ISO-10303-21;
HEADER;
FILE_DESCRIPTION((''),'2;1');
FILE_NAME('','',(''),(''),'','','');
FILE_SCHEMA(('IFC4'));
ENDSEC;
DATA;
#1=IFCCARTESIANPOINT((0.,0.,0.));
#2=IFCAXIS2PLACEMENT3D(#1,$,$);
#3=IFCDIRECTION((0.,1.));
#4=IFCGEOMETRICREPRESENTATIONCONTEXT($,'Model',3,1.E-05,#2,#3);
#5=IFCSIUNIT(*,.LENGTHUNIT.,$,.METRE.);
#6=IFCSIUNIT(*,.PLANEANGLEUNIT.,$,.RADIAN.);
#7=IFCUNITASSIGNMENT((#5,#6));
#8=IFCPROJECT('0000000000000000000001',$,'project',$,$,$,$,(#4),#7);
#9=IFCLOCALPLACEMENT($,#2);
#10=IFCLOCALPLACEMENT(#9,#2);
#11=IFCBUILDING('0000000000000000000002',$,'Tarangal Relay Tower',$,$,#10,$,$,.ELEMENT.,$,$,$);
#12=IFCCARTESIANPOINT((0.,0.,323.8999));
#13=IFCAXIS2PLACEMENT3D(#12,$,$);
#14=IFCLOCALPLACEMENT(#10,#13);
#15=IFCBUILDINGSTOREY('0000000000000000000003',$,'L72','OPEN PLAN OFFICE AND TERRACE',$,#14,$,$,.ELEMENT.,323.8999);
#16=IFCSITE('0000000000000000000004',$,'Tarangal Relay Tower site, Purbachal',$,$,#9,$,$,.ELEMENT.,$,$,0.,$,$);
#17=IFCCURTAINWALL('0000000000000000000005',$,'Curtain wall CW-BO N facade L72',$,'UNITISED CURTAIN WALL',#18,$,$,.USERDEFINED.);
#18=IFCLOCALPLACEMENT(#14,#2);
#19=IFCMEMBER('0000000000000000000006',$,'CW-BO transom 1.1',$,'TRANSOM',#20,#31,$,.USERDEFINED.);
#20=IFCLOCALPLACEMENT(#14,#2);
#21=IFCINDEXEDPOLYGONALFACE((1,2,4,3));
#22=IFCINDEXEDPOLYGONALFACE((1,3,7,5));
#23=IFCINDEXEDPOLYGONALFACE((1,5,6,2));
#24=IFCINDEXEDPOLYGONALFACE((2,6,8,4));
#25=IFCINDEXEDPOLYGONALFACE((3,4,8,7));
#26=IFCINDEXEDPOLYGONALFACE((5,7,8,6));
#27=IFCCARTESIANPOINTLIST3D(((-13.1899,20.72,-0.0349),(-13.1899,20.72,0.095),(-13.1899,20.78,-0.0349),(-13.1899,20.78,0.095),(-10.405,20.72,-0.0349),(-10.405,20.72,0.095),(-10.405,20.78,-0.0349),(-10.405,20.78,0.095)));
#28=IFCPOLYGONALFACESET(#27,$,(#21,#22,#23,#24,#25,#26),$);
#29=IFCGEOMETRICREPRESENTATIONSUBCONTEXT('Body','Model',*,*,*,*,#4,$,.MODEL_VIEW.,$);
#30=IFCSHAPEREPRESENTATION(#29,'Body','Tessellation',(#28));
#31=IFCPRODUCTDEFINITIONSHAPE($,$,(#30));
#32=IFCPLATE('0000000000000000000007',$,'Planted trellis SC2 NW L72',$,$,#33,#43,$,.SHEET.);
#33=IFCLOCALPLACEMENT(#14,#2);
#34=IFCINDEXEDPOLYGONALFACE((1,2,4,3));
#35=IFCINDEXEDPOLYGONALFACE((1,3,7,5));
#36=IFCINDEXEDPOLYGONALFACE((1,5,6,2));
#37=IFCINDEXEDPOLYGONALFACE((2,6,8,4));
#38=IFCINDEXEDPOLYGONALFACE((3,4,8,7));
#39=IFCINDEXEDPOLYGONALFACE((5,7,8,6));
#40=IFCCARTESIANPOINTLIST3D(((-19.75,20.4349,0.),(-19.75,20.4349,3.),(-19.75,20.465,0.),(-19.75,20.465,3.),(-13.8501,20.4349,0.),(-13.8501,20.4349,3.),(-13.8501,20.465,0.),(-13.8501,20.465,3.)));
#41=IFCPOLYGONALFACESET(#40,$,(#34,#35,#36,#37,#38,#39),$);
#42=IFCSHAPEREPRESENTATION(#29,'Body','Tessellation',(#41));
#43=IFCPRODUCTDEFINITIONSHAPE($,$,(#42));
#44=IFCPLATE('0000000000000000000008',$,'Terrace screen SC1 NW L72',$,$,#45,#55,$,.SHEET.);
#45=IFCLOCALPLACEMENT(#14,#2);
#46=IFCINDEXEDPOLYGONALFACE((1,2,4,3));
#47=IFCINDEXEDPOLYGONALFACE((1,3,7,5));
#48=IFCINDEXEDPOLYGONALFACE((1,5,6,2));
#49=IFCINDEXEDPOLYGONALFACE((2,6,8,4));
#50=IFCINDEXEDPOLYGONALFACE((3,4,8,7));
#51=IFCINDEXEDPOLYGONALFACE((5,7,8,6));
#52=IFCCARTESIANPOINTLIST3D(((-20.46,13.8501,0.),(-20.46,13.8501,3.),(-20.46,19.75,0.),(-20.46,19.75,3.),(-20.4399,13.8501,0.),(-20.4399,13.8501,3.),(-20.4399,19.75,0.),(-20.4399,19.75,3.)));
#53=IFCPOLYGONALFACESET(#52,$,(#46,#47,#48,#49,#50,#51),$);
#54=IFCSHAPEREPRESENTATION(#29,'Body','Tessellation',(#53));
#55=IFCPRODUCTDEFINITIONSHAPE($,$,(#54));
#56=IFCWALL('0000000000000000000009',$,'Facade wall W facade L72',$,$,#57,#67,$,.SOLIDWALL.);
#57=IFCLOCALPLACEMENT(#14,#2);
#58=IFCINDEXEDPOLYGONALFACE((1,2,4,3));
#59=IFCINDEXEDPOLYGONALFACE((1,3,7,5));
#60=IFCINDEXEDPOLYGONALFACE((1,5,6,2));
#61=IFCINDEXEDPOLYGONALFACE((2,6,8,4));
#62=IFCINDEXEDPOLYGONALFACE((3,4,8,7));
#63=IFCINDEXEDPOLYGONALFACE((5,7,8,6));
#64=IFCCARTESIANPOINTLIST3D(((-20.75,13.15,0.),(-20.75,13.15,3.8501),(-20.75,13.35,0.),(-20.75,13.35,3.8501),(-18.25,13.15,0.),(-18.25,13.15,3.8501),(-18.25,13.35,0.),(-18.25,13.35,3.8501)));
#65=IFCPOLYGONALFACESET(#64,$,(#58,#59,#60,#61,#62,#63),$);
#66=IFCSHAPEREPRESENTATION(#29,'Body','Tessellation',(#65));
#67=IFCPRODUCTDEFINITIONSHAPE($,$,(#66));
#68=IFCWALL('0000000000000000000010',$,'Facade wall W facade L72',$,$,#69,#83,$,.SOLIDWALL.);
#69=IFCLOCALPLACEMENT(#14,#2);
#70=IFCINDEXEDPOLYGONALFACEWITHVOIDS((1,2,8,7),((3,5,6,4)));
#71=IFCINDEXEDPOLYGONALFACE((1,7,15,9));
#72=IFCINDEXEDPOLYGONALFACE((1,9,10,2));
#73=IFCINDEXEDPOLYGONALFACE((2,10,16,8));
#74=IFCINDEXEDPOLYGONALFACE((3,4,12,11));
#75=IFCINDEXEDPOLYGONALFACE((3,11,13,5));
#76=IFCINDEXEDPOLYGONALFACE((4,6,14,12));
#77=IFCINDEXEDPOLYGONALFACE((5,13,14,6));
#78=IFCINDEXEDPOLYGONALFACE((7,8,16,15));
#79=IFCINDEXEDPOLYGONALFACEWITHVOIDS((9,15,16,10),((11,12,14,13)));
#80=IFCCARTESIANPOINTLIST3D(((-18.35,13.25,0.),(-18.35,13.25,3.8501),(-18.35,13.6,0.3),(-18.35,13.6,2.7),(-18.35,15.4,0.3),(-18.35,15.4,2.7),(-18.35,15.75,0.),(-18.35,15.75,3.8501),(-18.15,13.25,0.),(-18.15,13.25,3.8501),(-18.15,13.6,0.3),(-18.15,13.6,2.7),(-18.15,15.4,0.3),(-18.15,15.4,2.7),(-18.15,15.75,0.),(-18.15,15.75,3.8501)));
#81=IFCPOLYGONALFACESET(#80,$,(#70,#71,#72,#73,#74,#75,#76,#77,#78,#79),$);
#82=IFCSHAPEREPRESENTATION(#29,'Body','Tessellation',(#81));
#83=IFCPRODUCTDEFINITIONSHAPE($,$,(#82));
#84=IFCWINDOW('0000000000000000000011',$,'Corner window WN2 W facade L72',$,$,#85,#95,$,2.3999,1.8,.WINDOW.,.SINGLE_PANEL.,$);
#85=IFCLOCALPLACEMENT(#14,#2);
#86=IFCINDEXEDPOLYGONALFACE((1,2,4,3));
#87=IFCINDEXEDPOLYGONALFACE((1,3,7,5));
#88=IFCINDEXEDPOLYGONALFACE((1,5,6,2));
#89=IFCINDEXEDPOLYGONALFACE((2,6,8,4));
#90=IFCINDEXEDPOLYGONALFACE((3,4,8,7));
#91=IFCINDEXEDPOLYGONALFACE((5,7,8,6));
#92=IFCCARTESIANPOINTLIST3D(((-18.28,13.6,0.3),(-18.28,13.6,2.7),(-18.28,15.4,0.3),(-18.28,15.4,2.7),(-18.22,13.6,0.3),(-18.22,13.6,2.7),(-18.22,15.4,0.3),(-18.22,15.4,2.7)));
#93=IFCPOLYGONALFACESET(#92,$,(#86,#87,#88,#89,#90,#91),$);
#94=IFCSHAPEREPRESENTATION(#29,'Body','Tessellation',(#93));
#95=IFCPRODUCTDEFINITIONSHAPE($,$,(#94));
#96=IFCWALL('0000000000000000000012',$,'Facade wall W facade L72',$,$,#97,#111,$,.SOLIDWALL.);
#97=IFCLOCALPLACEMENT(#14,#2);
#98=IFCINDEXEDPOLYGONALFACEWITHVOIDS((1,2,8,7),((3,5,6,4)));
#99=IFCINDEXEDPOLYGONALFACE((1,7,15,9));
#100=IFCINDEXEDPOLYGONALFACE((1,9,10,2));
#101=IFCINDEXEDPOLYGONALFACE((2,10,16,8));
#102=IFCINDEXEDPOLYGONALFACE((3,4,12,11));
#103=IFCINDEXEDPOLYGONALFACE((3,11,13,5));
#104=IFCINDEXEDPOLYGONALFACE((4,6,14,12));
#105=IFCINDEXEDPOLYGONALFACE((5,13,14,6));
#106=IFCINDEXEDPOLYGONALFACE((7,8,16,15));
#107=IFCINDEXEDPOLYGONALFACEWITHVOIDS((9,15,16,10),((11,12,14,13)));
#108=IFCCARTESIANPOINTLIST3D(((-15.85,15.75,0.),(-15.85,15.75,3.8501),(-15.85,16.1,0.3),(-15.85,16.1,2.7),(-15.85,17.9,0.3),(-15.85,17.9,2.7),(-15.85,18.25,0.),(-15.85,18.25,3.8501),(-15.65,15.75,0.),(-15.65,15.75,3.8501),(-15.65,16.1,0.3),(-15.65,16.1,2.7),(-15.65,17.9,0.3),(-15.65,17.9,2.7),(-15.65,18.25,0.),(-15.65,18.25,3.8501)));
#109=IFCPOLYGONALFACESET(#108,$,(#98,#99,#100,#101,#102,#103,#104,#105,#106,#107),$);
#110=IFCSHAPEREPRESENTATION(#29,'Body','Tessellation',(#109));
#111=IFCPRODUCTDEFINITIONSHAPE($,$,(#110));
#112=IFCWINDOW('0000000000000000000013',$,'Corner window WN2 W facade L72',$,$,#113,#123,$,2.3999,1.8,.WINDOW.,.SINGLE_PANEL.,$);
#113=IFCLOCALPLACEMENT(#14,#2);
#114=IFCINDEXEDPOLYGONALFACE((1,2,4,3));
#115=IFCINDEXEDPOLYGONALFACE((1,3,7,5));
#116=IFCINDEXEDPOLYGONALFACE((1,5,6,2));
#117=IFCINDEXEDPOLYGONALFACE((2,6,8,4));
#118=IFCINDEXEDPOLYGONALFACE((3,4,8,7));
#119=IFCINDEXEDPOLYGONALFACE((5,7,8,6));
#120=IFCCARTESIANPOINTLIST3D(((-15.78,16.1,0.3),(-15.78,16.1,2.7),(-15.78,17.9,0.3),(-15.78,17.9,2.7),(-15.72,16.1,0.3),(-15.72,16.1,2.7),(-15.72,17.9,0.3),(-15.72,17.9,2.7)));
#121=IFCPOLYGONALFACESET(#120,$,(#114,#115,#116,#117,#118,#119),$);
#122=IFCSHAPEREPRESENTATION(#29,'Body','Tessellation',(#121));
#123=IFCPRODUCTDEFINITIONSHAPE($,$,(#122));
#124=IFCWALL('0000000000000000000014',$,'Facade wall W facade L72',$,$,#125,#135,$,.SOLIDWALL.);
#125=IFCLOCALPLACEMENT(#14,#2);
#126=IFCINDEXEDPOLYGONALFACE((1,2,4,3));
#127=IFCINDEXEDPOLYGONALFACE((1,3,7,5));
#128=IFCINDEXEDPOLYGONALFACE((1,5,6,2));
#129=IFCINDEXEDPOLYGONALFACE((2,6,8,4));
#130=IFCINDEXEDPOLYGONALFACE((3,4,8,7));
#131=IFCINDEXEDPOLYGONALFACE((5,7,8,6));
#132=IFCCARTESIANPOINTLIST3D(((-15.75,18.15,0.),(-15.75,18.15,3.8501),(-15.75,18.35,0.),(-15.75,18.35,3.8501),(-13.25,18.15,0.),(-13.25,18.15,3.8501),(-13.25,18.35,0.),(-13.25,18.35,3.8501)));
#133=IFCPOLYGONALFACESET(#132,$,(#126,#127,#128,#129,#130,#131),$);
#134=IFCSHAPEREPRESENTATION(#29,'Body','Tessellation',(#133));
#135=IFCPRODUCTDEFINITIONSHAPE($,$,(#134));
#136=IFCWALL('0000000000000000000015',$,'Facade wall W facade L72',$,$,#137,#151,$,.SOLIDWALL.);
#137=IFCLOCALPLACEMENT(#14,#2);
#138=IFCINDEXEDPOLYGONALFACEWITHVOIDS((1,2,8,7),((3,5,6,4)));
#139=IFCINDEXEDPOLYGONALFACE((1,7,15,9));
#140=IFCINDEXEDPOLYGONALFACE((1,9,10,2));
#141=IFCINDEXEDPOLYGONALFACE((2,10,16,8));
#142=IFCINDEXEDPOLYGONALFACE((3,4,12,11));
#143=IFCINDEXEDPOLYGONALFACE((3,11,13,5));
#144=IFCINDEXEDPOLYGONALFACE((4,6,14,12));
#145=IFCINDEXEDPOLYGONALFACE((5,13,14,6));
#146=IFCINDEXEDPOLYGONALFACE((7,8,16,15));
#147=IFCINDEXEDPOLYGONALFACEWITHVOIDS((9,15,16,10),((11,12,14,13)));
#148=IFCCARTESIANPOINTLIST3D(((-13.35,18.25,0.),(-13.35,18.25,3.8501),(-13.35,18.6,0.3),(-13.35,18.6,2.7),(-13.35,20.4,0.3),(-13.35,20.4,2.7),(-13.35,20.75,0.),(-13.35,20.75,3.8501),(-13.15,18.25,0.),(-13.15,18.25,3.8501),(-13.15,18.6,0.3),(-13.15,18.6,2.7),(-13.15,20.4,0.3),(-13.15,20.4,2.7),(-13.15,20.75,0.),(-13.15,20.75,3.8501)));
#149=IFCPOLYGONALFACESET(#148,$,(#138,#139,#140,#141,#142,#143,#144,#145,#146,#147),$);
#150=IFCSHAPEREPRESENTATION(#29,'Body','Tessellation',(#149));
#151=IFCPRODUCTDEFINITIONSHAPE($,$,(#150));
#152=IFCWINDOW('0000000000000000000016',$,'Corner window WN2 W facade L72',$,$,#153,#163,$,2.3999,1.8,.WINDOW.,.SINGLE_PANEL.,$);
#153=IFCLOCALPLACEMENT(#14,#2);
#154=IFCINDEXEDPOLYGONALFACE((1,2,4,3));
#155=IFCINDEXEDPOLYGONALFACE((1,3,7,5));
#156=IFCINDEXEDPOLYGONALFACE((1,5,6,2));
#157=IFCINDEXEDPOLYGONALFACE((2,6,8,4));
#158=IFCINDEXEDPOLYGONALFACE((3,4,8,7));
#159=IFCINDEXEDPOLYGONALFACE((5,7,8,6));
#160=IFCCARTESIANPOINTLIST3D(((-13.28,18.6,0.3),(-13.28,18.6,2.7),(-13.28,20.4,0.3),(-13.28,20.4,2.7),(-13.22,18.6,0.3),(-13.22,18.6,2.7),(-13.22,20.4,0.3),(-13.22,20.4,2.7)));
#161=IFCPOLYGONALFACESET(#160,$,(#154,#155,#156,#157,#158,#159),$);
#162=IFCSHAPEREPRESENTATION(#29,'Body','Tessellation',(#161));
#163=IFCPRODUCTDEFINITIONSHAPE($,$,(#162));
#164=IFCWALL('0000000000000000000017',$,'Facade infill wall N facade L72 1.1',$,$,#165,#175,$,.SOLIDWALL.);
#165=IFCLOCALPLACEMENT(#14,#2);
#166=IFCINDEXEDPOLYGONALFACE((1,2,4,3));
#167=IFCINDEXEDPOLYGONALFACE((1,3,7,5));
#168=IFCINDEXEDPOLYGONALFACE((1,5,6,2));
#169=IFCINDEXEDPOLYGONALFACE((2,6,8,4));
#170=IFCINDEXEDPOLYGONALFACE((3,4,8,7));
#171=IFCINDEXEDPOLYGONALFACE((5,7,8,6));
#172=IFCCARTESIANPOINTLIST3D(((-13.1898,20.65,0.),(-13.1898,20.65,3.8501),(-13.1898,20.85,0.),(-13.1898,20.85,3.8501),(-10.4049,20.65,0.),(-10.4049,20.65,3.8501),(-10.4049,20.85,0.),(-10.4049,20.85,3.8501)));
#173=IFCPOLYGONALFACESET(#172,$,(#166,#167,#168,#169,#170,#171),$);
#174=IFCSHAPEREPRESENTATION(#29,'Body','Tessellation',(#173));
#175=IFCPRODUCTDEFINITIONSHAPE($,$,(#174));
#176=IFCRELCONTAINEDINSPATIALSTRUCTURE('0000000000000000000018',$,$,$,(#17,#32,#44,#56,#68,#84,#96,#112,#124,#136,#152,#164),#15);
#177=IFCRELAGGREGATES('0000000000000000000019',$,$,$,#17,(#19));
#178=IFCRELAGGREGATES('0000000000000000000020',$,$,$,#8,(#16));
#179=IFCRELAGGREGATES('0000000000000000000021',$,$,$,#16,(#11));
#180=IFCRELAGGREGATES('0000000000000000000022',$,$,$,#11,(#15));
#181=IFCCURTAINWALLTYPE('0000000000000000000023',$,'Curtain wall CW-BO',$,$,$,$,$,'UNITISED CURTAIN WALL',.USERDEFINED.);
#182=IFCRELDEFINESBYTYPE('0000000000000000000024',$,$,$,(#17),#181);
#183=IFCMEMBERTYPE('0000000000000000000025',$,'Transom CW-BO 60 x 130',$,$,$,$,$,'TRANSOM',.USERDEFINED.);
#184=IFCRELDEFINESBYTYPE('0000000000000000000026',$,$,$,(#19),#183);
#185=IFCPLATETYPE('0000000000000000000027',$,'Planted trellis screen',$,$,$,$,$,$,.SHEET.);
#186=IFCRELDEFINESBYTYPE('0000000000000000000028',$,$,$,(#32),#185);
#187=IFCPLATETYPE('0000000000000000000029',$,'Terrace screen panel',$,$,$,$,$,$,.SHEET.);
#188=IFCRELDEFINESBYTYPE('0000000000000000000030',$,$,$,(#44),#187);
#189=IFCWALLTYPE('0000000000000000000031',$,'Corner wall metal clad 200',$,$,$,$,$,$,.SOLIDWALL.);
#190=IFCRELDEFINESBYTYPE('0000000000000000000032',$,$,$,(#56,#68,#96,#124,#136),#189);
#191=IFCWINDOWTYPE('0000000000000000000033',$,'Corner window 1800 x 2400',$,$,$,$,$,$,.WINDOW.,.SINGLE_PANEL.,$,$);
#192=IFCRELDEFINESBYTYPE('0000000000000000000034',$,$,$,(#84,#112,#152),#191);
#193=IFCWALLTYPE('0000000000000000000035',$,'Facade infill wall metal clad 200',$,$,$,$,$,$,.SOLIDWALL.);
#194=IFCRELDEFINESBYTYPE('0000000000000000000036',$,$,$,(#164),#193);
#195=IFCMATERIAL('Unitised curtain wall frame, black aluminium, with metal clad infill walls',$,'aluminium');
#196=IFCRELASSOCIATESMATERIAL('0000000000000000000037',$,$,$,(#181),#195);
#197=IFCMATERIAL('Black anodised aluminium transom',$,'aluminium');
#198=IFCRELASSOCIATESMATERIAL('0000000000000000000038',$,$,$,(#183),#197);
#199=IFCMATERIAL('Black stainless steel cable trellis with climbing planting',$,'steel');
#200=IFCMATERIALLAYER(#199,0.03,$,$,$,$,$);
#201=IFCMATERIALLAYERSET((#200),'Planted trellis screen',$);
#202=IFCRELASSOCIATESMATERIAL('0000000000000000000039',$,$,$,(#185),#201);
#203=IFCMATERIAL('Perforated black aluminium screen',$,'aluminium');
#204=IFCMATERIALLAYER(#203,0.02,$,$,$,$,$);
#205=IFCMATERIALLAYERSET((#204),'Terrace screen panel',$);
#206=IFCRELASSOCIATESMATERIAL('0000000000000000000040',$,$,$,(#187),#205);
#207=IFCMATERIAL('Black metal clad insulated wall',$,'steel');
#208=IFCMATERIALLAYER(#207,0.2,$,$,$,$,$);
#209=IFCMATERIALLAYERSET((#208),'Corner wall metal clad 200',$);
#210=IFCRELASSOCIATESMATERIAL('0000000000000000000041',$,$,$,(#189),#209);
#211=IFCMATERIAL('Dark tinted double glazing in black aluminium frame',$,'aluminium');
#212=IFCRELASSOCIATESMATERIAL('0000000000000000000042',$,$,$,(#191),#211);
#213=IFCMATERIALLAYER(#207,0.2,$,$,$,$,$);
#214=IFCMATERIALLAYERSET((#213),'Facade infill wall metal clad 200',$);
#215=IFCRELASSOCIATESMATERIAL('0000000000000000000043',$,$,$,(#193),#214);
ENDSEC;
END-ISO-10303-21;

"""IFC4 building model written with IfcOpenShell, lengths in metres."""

from ifc_helpers import new_model, si_unit, direction, frame, frame_2d, origin, origin_2d, place, context, subcontext, project, spatial, rectangle, extrude, material, layer, layer_set, material_profile, profile_set, type_object, element, fill, aggregate, save


model = new_model("IFC4")

# Units and contexts
model_context = context("Model", 3, precision=1e-05, world=origin(), true_north=direction((0.0, 1.0)))
body_context = subcontext(model_context, "Body", "Model", "MODEL_VIEW")
ifc_project = project(units=[si_unit("LENGTHUNIT", "METRE"), si_unit("PLANEANGLEUNIT", "RADIAN")], contexts=[model_context])

# Site, building, storey
site_placement = place(None, origin())
site = spatial("IfcSite", under=ifc_project, at=site_placement, Name="Tarangal Relay Tower site, Purbachal", CompositionType="ELEMENT", RefElevation=0.0)
building_placement = place(site_placement, origin())
building = spatial("IfcBuilding", under=site, at=building_placement, Name="Tarangal Relay Tower", CompositionType="ELEMENT")
storey_placement = place(building_placement, frame((0.0, 0.0, 323.8999)))
storey = spatial("IfcBuildingStorey", under=building, at=storey_placement, Name="L72", Description="OPEN PLAN OFFICE AND TERRACE", CompositionType="ELEMENT", Elevation=323.8999)

# Curtain wall
ifc_material_1 = material(Name="Unitised curtain wall frame, black aluminium, with metal clad infill walls", Category="aluminium")
curtain_wall_type = type_object("IfcCurtainWallType", Name="Curtain wall CW-BO", ElementType="UNITISED CURTAIN WALL", PredefinedType="USERDEFINED", material=ifc_material_1)
curtain_wall_1_placement = place(storey_placement, origin())
curtain_wall_1 = element("IfcCurtainWall", 1, at=curtain_wall_1_placement, inside=storey, type_object=curtain_wall_type, Name="Curtain wall CW-BO N facade L72", ObjectType="UNITISED CURTAIN WALL", PredefinedType="USERDEFINED")

# Member
ifc_material_2 = material(Name="Black anodised aluminium transom", Category="aluminium")
ifc_material_profile_1 = material_profile(ifc_material_2, rectangle(XDim=0.0601, YDim=0.1299, at=origin_2d()), Name="CW-BOT 60X130")
ifc_profile_set_1 = profile_set([ifc_material_profile_1], Name="Black anodised aluminium transom")
member_type_1 = type_object("IfcMemberType", Name="Transom CW-BO 60 x 130", ElementType="TRANSOM", PredefinedType="USERDEFINED", material=ifc_profile_set_1)
member_1_placement = place(storey_placement, frame((-13.1899, 20.75, 0.03), z_axis=(1.0, 0.0, 0.0), x_axis=(0.0, 1.0, 0.0)))
member_1 = element("IfcMember", 2, at=member_1_placement, type_object=member_type_1, Name="CW-BO transom 1.1", ObjectType="TRANSOM", PredefinedType="USERDEFINED", context=body_context, shape_type="SweptSolid", body=[
    extrude(rectangle(XDim=0.0601, YDim=0.1299, at=origin_2d()), origin(), (0.0, 0.0, 1.0), 2.7849),
])
aggregate(curtain_wall_1, [member_1])

# Plates
ifc_material_3 = material(Name="Black stainless steel cable trellis with climbing planting", Category="steel")
ifc_layer_1 = layer(ifc_material_3, 0.03)
ifc_layer_set_1 = layer_set([ifc_layer_1], Name="Planted trellis screen")
plate_type_1 = type_object("IfcPlateType", Name="Planted trellis screen", PredefinedType="SHEET", material=ifc_layer_set_1)
plate_1_placement = place(storey_placement, frame((-16.8, 20.45, 0.0), z_axis=(0.0, 0.0, 1.0), x_axis=(1.0, 0.0, 0.0)))
element("IfcPlate", 3, at=plate_1_placement, inside=storey, type_object=plate_type_1, Name="Planted trellis SC2 NW L72", PredefinedType="SHEET", context=body_context, shape_type="SweptSolid", body=[
    extrude(rectangle(XDim=5.8999, YDim=0.03, at=origin_2d()), origin(), (0.0, 0.0, 1.0), 3.0),
])
ifc_material_4 = material(Name="Perforated black aluminium screen", Category="aluminium")
ifc_layer_2 = layer(ifc_material_4, 0.02)
ifc_layer_set_2 = layer_set([ifc_layer_2], Name="Terrace screen panel")
plate_type_2 = type_object("IfcPlateType", Name="Terrace screen panel", PredefinedType="SHEET", material=ifc_layer_set_2)
plate_2_placement = place(storey_placement, frame((-20.45, 16.8, 0.0), z_axis=(0.0, 0.0, 1.0), x_axis=(0.0, 1.0, 0.0)))
element("IfcPlate", 4, at=plate_2_placement, inside=storey, type_object=plate_type_2, Name="Terrace screen SC1 NW L72", PredefinedType="SHEET", context=body_context, shape_type="SweptSolid", body=[
    extrude(rectangle(XDim=5.8999, YDim=0.02, at=origin_2d()), origin(), (0.0, 0.0, 1.0), 3.0),
])

# Wall
ifc_material_5 = material(Name="Black metal clad insulated wall", Category="steel")
ifc_layer_3 = layer(ifc_material_5, 0.2)
ifc_layer_set_3 = layer_set([ifc_layer_3], Name="Corner wall metal clad 200")
wall_type_1 = type_object("IfcWallType", Name="Corner wall metal clad 200", PredefinedType="SOLIDWALL", material=ifc_layer_set_3)
wall_1_placement = place(storey_placement, frame((-20.75, 13.25, 0.0), z_axis=(0.0, 0.0, 1.0), x_axis=(1.0, 0.0, 0.0)))
element("IfcWall", 5, at=wall_1_placement, inside=storey, type_object=wall_type_1, Name="Facade wall W facade L72", PredefinedType="SOLIDWALL", context=body_context, shape_type="SweptSolid", body=[
    extrude(rectangle(XDim=2.5, YDim=0.2, at=frame_2d((1.25, 0.0))), origin(), (0.0, 0.0, 1.0), 3.8501),
])

# Wall, opening, window
wall_2_placement = place(storey_placement, frame((-18.25, 13.25, 0.0), z_axis=(0.0, 0.0, 1.0), x_axis=(0.0, 1.0, 0.0)))
wall_2 = element("IfcWall", 6, at=wall_2_placement, inside=storey, type_object=wall_type_1, Name="Facade wall W facade L72", PredefinedType="SOLIDWALL", context=body_context, shape_type="SweptSolid", body=[
    extrude(rectangle(XDim=2.5, YDim=0.2, at=frame_2d((1.25, 0.0))), origin(), (0.0, 0.0, 1.0), 3.8501),
])
opening_1_placement = place(wall_2_placement, frame((0.3501, 0.0, 0.3)))
opening_1 = element("IfcOpeningElement", 7, at=opening_1_placement, cuts=wall_2, PredefinedType="OPENING", context=body_context, shape_type="SweptSolid", body=[
    extrude(rectangle(XDim=1.8, YDim=2.3999, at=frame_2d((0.8999, 1.2))), frame((0.0, 0.1099, 0.0), z_axis=(0.0, -1.0, 0.0), x_axis=(1.0, 0.0, 0.0)), (0.0, 0.0, 1.0), 0.22),
])
ifc_material_6 = material(Name="Dark tinted double glazing in black aluminium frame", Category="aluminium")
window_type = type_object("IfcWindowType", Name="Corner window 1800 x 2400", PartitioningType="SINGLE_PANEL", PredefinedType="WINDOW", material=ifc_material_6)
window_1_placement = place(opening_1_placement, origin())
window_1 = element("IfcWindow", 8, at=window_1_placement, inside=storey, type_object=window_type, Name="Corner window WN2 W facade L72", OverallHeight=2.3999, OverallWidth=1.8, PartitioningType="SINGLE_PANEL", PredefinedType="WINDOW", context=body_context, shape_type="SweptSolid", body=[
    extrude(rectangle(XDim=1.8, YDim=2.3999, at=frame_2d((0.8999, 1.2))), frame((0.0, 0.03, 0.0), z_axis=(0.0, -1.0, 0.0), x_axis=(1.0, 0.0, 0.0)), (0.0, 0.0, 1.0), 0.0601),
])
fill(opening_1, window_1)

# Wall, opening, window
wall_3_placement = place(storey_placement, frame((-15.75, 15.75, 0.0), z_axis=(0.0, 0.0, 1.0), x_axis=(0.0, 1.0, 0.0)))
wall_3 = element("IfcWall", 9, at=wall_3_placement, inside=storey, type_object=wall_type_1, Name="Facade wall W facade L72", PredefinedType="SOLIDWALL", context=body_context, shape_type="SweptSolid", body=[
    extrude(rectangle(XDim=2.5, YDim=0.2, at=frame_2d((1.25, 0.0))), origin(), (0.0, 0.0, 1.0), 3.8501),
])
opening_2_placement = place(wall_3_placement, frame((0.3501, 0.0, 0.3)))
opening_2 = element("IfcOpeningElement", 10, at=opening_2_placement, cuts=wall_3, PredefinedType="OPENING", context=body_context, shape_type="SweptSolid", body=[
    extrude(rectangle(XDim=1.8, YDim=2.3999, at=frame_2d((0.8999, 1.2))), frame((0.0, 0.1099, 0.0), z_axis=(0.0, -1.0, 0.0), x_axis=(1.0, 0.0, 0.0)), (0.0, 0.0, 1.0), 0.22),
])
window_2_placement = place(opening_2_placement, origin())
window_2 = element("IfcWindow", 11, at=window_2_placement, inside=storey, type_object=window_type, Name="Corner window WN2 W facade L72", OverallHeight=2.3999, OverallWidth=1.8, PartitioningType="SINGLE_PANEL", PredefinedType="WINDOW", context=body_context, shape_type="SweptSolid", body=[
    extrude(rectangle(XDim=1.8, YDim=2.3999, at=frame_2d((0.8999, 1.2))), frame((0.0, 0.03, 0.0), z_axis=(0.0, -1.0, 0.0), x_axis=(1.0, 0.0, 0.0)), (0.0, 0.0, 1.0), 0.0601),
])
fill(opening_2, window_2)

# Wall
wall_4_placement = place(storey_placement, frame((-15.75, 18.25, 0.0), z_axis=(0.0, 0.0, 1.0), x_axis=(1.0, 0.0, 0.0)))
element("IfcWall", 12, at=wall_4_placement, inside=storey, type_object=wall_type_1, Name="Facade wall W facade L72", PredefinedType="SOLIDWALL", context=body_context, shape_type="SweptSolid", body=[
    extrude(rectangle(XDim=2.5, YDim=0.2, at=frame_2d((1.25, 0.0))), origin(), (0.0, 0.0, 1.0), 3.8501),
])

# Wall, opening, window
wall_5_placement = place(storey_placement, frame((-13.25, 18.25, 0.0), z_axis=(0.0, 0.0, 1.0), x_axis=(0.0, 1.0, 0.0)))
wall_5 = element("IfcWall", 13, at=wall_5_placement, inside=storey, type_object=wall_type_1, Name="Facade wall W facade L72", PredefinedType="SOLIDWALL", context=body_context, shape_type="SweptSolid", body=[
    extrude(rectangle(XDim=2.5, YDim=0.2, at=frame_2d((1.25, 0.0))), origin(), (0.0, 0.0, 1.0), 3.8501),
])
opening_3_placement = place(wall_5_placement, frame((0.3501, 0.0, 0.3)))
opening_3 = element("IfcOpeningElement", 14, at=opening_3_placement, cuts=wall_5, PredefinedType="OPENING", context=body_context, shape_type="SweptSolid", body=[
    extrude(rectangle(XDim=1.8, YDim=2.3999, at=frame_2d((0.8999, 1.2))), frame((0.0, 0.1099, 0.0), z_axis=(0.0, -1.0, 0.0), x_axis=(1.0, 0.0, 0.0)), (0.0, 0.0, 1.0), 0.22),
])
window_3_placement = place(opening_3_placement, origin())
window_3 = element("IfcWindow", 15, at=window_3_placement, inside=storey, type_object=window_type, Name="Corner window WN2 W facade L72", OverallHeight=2.3999, OverallWidth=1.8, PartitioningType="SINGLE_PANEL", PredefinedType="WINDOW", context=body_context, shape_type="SweptSolid", body=[
    extrude(rectangle(XDim=1.8, YDim=2.3999, at=frame_2d((0.8999, 1.2))), frame((0.0, 0.03, 0.0), z_axis=(0.0, -1.0, 0.0), x_axis=(1.0, 0.0, 0.0)), (0.0, 0.0, 1.0), 0.0601),
])
fill(opening_3, window_3)

# Wall
ifc_layer_4 = layer(ifc_material_5, 0.2)
ifc_layer_set_4 = layer_set([ifc_layer_4], Name="Facade infill wall metal clad 200")
wall_type_2 = type_object("IfcWallType", Name="Facade infill wall metal clad 200", PredefinedType="SOLIDWALL", material=ifc_layer_set_4)
wall_6_placement = place(storey_placement, frame((-13.1899, 20.75, 0.0), z_axis=(0.0, 0.0, 1.0), x_axis=(1.0, 0.0, 0.0)))
element("IfcWall", 16, at=wall_6_placement, inside=storey, type_object=wall_type_2, Name="Facade infill wall N facade L72 1.1", PredefinedType="SOLIDWALL", context=body_context, shape_type="SweptSolid", body=[
    extrude(rectangle(XDim=2.7849, YDim=0.2, at=frame_2d((1.3926, 0.0))), origin(), (0.0, 0.0, 1.0), 3.8501),
])

save(model, "model.ifc")
